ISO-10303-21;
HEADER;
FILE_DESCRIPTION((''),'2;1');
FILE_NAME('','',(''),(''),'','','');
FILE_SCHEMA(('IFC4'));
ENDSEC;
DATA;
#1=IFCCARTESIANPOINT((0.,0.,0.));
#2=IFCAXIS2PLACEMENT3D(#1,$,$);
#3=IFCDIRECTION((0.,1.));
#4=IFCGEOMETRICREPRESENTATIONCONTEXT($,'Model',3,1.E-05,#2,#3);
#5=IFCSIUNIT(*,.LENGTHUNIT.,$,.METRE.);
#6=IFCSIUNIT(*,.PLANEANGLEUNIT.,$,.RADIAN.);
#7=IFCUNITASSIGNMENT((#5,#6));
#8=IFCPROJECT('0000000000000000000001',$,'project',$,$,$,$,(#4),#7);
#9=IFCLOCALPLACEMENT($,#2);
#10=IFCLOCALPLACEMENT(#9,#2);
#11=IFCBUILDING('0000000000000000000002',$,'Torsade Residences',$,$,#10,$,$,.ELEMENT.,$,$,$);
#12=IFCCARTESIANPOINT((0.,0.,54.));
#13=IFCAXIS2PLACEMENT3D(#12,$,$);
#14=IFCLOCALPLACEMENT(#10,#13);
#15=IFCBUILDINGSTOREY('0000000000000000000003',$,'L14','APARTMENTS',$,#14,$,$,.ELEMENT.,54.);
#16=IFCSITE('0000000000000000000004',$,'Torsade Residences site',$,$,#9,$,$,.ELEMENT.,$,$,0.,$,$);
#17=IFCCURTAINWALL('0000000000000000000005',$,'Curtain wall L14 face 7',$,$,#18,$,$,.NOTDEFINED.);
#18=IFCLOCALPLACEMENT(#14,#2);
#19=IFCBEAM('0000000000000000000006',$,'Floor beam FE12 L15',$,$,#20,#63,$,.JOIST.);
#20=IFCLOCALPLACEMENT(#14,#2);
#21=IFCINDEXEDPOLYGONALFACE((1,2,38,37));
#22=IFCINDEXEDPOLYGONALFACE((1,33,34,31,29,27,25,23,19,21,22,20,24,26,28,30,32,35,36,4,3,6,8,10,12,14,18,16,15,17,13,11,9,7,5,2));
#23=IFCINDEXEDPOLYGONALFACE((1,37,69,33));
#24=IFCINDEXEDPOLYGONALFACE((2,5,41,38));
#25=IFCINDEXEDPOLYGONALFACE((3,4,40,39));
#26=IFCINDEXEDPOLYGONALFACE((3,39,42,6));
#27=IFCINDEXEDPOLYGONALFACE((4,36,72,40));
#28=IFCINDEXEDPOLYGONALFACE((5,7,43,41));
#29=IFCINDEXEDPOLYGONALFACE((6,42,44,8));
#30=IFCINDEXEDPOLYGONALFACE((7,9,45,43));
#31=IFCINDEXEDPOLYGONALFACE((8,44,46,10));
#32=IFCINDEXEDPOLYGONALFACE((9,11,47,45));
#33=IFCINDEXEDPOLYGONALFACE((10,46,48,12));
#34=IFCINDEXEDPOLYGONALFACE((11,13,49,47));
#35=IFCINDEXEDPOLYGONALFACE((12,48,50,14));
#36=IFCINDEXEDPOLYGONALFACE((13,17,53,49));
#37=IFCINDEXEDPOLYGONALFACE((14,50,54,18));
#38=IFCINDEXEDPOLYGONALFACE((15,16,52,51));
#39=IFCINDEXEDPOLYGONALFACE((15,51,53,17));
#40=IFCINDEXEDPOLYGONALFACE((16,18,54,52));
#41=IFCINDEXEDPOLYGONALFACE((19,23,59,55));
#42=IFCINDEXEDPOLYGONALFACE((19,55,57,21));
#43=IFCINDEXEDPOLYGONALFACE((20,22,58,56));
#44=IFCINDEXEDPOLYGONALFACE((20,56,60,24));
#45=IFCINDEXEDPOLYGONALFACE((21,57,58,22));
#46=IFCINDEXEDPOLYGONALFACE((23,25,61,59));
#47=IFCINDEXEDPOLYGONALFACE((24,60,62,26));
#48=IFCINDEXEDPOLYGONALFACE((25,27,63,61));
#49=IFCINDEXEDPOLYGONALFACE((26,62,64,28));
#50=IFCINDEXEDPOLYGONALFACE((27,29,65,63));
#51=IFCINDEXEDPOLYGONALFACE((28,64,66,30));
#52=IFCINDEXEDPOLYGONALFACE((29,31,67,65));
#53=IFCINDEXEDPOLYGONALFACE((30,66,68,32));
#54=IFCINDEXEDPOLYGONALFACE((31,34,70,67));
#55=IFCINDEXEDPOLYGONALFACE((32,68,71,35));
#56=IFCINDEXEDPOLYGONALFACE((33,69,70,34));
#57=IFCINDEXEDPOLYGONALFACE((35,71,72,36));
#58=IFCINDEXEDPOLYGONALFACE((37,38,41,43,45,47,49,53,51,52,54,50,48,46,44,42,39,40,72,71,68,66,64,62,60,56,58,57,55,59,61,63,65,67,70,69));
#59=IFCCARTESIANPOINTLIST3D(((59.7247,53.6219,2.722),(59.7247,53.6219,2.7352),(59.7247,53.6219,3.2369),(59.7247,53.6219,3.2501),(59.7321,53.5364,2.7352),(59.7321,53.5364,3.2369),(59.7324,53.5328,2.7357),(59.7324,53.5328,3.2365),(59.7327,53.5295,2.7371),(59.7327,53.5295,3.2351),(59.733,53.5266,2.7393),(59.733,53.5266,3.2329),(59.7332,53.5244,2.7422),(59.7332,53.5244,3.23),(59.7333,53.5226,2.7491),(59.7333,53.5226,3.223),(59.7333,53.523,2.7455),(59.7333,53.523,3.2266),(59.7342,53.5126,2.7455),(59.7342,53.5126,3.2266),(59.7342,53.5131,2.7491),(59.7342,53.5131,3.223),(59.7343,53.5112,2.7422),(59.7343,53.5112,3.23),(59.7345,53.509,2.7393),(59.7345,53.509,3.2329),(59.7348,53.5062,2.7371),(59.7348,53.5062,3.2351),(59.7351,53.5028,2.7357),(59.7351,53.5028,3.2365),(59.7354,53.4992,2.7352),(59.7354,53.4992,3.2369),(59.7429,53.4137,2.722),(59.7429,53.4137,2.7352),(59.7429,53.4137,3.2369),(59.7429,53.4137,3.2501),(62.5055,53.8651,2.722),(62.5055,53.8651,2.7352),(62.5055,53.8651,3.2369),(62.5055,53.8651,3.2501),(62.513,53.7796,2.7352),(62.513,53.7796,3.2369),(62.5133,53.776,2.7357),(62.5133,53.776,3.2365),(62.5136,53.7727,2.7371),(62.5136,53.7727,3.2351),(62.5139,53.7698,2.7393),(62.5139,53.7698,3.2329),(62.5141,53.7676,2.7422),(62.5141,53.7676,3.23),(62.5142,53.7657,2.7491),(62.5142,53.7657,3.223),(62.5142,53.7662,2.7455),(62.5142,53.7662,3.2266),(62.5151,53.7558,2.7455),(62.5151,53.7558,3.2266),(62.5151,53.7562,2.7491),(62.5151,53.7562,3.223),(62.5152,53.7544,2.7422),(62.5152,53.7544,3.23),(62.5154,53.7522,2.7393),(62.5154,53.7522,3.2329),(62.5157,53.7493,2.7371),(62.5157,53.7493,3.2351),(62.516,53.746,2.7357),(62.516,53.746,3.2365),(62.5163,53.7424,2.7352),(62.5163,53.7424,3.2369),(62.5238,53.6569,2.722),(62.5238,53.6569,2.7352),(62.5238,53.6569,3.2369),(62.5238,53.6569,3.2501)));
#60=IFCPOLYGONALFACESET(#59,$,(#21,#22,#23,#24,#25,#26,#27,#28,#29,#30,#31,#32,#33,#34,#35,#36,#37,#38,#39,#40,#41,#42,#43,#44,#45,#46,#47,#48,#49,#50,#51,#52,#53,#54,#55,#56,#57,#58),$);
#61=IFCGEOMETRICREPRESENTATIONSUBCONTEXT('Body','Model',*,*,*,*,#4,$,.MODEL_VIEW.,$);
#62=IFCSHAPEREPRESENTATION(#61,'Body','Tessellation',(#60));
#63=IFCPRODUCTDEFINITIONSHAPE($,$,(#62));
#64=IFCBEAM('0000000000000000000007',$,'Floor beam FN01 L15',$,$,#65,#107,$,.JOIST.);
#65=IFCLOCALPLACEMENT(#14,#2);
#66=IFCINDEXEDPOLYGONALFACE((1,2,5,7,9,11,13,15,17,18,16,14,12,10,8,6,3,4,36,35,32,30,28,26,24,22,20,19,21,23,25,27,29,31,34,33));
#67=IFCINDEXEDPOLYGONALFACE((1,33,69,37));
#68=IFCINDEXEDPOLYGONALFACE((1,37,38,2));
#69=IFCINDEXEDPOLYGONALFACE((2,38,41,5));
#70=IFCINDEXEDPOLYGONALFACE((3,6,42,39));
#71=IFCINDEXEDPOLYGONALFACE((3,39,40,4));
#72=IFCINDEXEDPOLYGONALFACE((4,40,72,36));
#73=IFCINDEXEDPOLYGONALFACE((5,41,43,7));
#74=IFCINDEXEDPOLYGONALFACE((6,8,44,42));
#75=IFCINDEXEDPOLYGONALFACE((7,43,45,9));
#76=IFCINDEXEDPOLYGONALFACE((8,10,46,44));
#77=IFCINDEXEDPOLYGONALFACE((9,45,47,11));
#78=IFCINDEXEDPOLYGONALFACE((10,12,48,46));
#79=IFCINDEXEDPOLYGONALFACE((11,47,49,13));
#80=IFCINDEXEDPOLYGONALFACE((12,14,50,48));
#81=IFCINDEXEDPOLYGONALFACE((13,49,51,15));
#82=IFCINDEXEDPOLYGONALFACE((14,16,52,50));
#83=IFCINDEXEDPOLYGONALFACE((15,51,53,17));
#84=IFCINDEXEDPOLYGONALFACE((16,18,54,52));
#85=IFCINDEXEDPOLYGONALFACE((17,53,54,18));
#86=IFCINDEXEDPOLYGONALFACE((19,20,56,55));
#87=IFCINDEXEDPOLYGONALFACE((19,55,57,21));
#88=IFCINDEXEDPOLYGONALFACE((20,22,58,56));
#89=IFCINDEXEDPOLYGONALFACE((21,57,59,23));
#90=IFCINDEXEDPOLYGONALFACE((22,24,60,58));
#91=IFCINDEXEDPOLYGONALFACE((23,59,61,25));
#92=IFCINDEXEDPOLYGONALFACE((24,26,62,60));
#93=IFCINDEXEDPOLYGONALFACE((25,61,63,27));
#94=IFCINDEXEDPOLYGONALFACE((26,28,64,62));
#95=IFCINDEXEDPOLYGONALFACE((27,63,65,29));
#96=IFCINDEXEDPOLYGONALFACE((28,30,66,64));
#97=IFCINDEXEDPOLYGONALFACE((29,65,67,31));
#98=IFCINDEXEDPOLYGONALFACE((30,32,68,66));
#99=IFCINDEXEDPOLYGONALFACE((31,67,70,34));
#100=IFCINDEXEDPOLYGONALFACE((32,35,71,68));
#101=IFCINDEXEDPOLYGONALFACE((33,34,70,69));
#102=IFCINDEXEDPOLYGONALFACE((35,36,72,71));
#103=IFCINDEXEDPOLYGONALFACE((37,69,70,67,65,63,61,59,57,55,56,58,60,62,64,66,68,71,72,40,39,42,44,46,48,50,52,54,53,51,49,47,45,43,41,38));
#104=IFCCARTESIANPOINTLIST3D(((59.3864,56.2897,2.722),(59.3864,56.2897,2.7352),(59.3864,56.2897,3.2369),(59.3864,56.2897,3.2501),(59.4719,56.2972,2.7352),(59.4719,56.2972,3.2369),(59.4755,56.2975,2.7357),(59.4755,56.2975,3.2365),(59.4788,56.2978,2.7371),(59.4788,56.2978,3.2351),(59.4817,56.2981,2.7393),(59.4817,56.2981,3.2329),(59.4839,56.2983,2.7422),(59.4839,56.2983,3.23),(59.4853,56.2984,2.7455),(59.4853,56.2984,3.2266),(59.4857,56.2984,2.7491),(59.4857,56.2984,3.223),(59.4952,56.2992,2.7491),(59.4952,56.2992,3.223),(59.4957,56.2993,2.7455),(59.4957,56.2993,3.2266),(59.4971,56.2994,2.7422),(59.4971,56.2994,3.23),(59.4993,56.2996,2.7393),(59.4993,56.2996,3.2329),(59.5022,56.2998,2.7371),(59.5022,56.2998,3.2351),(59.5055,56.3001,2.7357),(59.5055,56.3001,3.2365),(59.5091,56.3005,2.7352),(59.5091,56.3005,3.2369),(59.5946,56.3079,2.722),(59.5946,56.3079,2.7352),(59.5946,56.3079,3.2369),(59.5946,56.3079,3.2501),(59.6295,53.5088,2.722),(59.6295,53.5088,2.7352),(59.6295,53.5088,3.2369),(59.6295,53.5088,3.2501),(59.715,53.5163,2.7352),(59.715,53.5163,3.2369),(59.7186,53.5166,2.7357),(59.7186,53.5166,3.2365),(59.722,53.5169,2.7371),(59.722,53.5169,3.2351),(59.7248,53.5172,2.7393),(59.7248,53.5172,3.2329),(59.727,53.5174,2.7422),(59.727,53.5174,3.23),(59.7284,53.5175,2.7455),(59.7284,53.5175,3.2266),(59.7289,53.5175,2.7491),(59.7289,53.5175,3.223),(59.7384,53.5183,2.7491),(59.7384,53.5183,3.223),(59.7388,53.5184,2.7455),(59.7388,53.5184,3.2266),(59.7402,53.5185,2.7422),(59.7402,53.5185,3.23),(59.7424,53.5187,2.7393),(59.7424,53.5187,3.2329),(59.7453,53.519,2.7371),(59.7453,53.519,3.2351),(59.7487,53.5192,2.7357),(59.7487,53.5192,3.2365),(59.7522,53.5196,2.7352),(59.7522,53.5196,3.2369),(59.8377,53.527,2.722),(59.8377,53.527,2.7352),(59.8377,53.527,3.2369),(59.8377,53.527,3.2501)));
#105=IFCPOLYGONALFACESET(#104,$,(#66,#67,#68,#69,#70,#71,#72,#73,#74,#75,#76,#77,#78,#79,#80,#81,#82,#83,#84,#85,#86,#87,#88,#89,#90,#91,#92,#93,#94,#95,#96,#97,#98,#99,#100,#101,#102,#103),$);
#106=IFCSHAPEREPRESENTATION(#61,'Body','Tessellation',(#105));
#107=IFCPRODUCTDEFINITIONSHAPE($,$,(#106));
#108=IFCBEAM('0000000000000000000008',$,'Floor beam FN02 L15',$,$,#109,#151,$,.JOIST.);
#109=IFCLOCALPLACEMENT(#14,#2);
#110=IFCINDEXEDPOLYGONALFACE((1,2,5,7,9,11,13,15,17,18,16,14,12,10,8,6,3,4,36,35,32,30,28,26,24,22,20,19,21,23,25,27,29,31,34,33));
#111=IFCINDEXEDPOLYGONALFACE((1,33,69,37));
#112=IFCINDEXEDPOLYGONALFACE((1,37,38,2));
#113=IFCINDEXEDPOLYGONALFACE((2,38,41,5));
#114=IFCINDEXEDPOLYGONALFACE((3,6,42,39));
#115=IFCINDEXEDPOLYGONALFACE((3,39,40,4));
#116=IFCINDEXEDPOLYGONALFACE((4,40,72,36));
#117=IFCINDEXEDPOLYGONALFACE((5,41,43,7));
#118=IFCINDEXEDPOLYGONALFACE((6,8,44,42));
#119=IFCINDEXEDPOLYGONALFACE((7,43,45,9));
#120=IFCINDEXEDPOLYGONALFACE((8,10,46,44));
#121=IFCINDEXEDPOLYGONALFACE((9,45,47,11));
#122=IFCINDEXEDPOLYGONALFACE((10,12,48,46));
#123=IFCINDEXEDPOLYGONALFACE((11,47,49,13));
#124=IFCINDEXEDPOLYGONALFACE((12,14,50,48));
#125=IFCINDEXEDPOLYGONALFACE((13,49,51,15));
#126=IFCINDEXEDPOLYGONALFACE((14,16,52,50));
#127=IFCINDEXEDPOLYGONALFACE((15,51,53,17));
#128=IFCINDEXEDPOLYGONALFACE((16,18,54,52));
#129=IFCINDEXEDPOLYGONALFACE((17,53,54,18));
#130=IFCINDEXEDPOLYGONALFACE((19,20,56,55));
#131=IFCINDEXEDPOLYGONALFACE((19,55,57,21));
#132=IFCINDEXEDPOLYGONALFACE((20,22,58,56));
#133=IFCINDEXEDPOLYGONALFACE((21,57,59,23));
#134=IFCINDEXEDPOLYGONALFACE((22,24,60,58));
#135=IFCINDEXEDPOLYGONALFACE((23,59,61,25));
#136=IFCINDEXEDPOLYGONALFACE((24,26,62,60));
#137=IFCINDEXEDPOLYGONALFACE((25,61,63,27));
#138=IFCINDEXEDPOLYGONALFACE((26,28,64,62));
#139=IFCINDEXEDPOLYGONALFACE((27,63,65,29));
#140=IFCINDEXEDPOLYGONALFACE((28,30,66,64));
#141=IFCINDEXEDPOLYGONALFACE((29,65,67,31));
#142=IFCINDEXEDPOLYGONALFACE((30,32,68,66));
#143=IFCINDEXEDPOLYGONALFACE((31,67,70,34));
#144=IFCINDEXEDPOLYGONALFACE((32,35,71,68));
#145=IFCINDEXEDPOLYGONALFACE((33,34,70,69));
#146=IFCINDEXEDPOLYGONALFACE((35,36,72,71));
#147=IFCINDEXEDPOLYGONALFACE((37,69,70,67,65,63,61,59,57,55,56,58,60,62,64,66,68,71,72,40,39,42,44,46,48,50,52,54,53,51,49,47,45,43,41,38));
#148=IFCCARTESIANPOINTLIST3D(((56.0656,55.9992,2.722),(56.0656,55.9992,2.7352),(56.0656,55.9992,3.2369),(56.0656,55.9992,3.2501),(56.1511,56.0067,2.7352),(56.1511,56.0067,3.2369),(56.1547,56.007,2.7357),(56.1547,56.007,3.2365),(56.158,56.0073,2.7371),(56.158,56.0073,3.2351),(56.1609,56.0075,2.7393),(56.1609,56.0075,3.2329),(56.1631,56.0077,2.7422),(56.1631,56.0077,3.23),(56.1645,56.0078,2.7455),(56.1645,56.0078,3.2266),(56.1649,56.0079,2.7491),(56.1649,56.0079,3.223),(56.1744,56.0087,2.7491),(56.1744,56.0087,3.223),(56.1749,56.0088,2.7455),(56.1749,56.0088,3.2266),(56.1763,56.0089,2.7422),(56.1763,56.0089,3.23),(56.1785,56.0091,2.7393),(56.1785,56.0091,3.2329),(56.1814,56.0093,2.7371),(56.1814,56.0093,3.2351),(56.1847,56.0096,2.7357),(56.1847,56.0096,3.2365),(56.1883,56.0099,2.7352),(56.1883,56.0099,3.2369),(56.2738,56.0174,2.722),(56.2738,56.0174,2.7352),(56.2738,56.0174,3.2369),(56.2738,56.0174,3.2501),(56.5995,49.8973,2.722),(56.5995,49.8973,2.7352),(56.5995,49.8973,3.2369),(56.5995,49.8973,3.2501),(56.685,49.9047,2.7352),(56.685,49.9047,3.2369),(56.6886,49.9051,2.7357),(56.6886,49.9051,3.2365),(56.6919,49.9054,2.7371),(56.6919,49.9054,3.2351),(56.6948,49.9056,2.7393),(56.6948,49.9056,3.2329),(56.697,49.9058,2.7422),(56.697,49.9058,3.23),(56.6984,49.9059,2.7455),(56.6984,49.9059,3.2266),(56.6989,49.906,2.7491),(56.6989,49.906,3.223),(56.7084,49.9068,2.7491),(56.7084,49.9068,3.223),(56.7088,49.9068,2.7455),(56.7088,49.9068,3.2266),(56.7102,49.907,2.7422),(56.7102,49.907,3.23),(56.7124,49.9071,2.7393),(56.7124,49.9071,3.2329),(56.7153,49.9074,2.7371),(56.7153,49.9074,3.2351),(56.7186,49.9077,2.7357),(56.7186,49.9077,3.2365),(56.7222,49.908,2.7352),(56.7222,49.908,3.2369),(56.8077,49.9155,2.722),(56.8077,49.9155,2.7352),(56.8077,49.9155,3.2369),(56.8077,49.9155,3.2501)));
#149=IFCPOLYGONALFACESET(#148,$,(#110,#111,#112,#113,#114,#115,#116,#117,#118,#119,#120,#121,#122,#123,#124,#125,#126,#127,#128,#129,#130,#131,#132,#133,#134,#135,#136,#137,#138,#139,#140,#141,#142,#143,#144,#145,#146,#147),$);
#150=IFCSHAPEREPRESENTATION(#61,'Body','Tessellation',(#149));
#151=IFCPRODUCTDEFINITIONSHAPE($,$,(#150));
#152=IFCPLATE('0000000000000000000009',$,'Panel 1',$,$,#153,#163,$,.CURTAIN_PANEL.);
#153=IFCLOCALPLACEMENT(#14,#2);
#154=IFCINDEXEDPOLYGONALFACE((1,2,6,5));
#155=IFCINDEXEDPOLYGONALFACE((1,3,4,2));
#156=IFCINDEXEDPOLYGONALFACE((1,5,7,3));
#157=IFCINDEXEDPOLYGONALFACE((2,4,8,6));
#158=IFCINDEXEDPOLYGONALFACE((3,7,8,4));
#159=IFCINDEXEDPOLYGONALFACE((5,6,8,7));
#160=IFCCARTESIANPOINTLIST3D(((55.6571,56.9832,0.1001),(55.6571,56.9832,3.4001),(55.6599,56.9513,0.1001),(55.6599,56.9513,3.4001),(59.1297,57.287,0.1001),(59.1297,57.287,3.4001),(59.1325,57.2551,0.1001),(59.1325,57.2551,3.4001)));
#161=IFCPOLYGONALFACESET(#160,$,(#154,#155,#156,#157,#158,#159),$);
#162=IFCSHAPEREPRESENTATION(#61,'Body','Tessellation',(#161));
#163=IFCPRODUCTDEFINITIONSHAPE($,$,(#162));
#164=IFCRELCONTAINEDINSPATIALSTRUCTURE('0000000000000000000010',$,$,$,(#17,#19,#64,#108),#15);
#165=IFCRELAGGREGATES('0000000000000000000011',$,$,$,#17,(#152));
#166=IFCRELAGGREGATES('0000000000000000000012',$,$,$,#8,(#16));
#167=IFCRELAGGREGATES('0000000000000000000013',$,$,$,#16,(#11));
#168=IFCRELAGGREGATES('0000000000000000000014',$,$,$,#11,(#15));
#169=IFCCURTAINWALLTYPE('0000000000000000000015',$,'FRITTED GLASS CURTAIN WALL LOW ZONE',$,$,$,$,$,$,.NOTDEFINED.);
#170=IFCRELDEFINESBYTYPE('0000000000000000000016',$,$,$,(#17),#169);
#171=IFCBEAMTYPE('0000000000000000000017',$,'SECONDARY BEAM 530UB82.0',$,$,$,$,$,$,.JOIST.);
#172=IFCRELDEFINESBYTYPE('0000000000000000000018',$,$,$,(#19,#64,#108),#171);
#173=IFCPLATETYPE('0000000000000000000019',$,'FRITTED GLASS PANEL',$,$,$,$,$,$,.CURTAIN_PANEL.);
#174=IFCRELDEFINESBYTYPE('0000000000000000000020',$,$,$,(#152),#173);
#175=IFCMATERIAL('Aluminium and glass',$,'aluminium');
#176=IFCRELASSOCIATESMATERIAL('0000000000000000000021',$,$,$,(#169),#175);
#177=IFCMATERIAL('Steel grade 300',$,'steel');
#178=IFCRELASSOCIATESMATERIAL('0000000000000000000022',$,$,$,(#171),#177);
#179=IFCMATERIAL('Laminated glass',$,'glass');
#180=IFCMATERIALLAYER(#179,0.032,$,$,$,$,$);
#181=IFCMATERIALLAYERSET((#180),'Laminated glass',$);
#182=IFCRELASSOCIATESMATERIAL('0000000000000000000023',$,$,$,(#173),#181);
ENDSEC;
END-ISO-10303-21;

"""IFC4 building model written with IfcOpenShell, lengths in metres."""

from ifc_helpers import new_model, si_unit, direction, frame, origin, origin_2d, place, context, subcontext, project, spatial, rectangle, i_section, extrude, material, layer, layer_set, material_profile, profile_set, type_object, element, aggregate, save


model = new_model("IFC4")

# Units and contexts
model_context = context("Model", 3, precision=1e-05, world=origin(), true_north=direction((0.0, 1.0)))
body_context = subcontext(model_context, "Body", "Model", "MODEL_VIEW")
ifc_project = project(units=[si_unit("LENGTHUNIT", "METRE"), si_unit("PLANEANGLEUNIT", "RADIAN")], contexts=[model_context])

# Site, building, storey
site_placement = place(None, origin())
site = spatial("IfcSite", under=ifc_project, at=site_placement, Name="Torsade Residences site", CompositionType="ELEMENT", RefElevation=0.0)
building_placement = place(site_placement, origin())
building = spatial("IfcBuilding", under=site, at=building_placement, Name="Torsade Residences", CompositionType="ELEMENT")
storey_placement = place(building_placement, frame((0.0, 0.0, 54.0)))
storey = spatial("IfcBuildingStorey", under=building, at=storey_placement, Name="L14", Description="APARTMENTS", CompositionType="ELEMENT", Elevation=54.0)

# Shared definitions
ifc_material_1 = material(Name="Aluminium and glass", Category="aluminium")
curtain_wall_type = type_object("IfcCurtainWallType", Name="FRITTED GLASS CURTAIN WALL LOW ZONE", PredefinedType="NOTDEFINED", material=ifc_material_1)

# Curtain wall
curtain_wall_1_placement = place(storey_placement, origin())
curtain_wall_1 = element("IfcCurtainWall", 1, at=curtain_wall_1_placement, inside=storey, type_object=curtain_wall_type, Name="Curtain wall L14 face 7", PredefinedType="NOTDEFINED")

# Beams
ifc_material_2 = material(Name="Steel grade 300", Category="steel")
ifc_material_profile_1 = material_profile(ifc_material_2, i_section(OverallWidth=0.209, OverallDepth=0.5281, WebThickness=0.0095, FlangeThickness=0.0132, FilletRadius=0.0139, at=origin_2d()), Name="530UB82.0")
ifc_profile_set_1 = profile_set([ifc_material_profile_1], Name="Steel grade 300")
beam_type_1 = type_object("IfcBeamType", Name="SECONDARY BEAM 530UB82.0", PredefinedType="JOIST", material=ifc_profile_set_1)
for number, where, z_axis, x_axis, name in (
    (2, (62.5146, 53.761, 2.9861), (-0.996199, -0.087105, 0.0), (0.087105, -0.996199, 0.0), "Floor beam FE12 L15"),
    (3, (59.4905, 56.2988, 2.9861), (0.087105, -0.996199, 0.0), (0.996199, 0.087105, 0.0), "Floor beam FN01 L15"),
):
    element("IfcBeam", number, at=place(storey_placement, frame(where, z_axis=z_axis, x_axis=x_axis)), inside=storey, type_object=beam_type_1, Name=name, PredefinedType="JOIST", context=body_context, shape_type="SweptSolid", body=[
        extrude(i_section(OverallWidth=0.209, OverallDepth=0.5281, WebThickness=0.0095, FlangeThickness=0.0132, FilletRadius=0.0139, at=origin_2d()), origin(), (0.0, 0.0, 1.0), 2.7915),
    ])
beam_1_placement = place(storey_placement, frame((56.1697, 56.0083, 2.9861), z_axis=(0.087171, -0.996193, 0.0), x_axis=(0.996193, 0.087171, 0.0)))
element("IfcBeam", 4, at=beam_1_placement, inside=storey, type_object=beam_type_1, Name="Floor beam FN02 L15", PredefinedType="JOIST", context=body_context, shape_type="SweptSolid", body=[
    extrude(i_section(OverallWidth=0.209, OverallDepth=0.5281, WebThickness=0.0095, FlangeThickness=0.0132, FilletRadius=0.0139, at=origin_2d()), origin(), (0.0, 0.0, 1.0), 6.1252),
])

# Plate
ifc_material_3 = material(Name="Laminated glass", Category="glass")
ifc_layer_1 = layer(ifc_material_3, 0.032)
ifc_layer_set_1 = layer_set([ifc_layer_1], Name="Laminated glass")
plate_type = type_object("IfcPlateType", Name="FRITTED GLASS PANEL", PredefinedType="CURTAIN_PANEL", material=ifc_layer_set_1)
plate_placement = place(storey_placement, frame((57.3948, 57.1191, 0.1001), z_axis=(0.0, 0.0, 1.0), x_axis=(-0.996195, -0.087156, 0.0)))
plate = element("IfcPlate", 5, at=plate_placement, type_object=plate_type, Name="Panel 1", PredefinedType="CURTAIN_PANEL", context=body_context, shape_type="SweptSolid", body=[
    extrude(rectangle(XDim=3.4858, YDim=0.032, at=origin_2d()), origin(), (0.0, 0.0, 1.0), 3.3),
])
aggregate(curtain_wall_1, [plate])

save(model, "model.ifc")
